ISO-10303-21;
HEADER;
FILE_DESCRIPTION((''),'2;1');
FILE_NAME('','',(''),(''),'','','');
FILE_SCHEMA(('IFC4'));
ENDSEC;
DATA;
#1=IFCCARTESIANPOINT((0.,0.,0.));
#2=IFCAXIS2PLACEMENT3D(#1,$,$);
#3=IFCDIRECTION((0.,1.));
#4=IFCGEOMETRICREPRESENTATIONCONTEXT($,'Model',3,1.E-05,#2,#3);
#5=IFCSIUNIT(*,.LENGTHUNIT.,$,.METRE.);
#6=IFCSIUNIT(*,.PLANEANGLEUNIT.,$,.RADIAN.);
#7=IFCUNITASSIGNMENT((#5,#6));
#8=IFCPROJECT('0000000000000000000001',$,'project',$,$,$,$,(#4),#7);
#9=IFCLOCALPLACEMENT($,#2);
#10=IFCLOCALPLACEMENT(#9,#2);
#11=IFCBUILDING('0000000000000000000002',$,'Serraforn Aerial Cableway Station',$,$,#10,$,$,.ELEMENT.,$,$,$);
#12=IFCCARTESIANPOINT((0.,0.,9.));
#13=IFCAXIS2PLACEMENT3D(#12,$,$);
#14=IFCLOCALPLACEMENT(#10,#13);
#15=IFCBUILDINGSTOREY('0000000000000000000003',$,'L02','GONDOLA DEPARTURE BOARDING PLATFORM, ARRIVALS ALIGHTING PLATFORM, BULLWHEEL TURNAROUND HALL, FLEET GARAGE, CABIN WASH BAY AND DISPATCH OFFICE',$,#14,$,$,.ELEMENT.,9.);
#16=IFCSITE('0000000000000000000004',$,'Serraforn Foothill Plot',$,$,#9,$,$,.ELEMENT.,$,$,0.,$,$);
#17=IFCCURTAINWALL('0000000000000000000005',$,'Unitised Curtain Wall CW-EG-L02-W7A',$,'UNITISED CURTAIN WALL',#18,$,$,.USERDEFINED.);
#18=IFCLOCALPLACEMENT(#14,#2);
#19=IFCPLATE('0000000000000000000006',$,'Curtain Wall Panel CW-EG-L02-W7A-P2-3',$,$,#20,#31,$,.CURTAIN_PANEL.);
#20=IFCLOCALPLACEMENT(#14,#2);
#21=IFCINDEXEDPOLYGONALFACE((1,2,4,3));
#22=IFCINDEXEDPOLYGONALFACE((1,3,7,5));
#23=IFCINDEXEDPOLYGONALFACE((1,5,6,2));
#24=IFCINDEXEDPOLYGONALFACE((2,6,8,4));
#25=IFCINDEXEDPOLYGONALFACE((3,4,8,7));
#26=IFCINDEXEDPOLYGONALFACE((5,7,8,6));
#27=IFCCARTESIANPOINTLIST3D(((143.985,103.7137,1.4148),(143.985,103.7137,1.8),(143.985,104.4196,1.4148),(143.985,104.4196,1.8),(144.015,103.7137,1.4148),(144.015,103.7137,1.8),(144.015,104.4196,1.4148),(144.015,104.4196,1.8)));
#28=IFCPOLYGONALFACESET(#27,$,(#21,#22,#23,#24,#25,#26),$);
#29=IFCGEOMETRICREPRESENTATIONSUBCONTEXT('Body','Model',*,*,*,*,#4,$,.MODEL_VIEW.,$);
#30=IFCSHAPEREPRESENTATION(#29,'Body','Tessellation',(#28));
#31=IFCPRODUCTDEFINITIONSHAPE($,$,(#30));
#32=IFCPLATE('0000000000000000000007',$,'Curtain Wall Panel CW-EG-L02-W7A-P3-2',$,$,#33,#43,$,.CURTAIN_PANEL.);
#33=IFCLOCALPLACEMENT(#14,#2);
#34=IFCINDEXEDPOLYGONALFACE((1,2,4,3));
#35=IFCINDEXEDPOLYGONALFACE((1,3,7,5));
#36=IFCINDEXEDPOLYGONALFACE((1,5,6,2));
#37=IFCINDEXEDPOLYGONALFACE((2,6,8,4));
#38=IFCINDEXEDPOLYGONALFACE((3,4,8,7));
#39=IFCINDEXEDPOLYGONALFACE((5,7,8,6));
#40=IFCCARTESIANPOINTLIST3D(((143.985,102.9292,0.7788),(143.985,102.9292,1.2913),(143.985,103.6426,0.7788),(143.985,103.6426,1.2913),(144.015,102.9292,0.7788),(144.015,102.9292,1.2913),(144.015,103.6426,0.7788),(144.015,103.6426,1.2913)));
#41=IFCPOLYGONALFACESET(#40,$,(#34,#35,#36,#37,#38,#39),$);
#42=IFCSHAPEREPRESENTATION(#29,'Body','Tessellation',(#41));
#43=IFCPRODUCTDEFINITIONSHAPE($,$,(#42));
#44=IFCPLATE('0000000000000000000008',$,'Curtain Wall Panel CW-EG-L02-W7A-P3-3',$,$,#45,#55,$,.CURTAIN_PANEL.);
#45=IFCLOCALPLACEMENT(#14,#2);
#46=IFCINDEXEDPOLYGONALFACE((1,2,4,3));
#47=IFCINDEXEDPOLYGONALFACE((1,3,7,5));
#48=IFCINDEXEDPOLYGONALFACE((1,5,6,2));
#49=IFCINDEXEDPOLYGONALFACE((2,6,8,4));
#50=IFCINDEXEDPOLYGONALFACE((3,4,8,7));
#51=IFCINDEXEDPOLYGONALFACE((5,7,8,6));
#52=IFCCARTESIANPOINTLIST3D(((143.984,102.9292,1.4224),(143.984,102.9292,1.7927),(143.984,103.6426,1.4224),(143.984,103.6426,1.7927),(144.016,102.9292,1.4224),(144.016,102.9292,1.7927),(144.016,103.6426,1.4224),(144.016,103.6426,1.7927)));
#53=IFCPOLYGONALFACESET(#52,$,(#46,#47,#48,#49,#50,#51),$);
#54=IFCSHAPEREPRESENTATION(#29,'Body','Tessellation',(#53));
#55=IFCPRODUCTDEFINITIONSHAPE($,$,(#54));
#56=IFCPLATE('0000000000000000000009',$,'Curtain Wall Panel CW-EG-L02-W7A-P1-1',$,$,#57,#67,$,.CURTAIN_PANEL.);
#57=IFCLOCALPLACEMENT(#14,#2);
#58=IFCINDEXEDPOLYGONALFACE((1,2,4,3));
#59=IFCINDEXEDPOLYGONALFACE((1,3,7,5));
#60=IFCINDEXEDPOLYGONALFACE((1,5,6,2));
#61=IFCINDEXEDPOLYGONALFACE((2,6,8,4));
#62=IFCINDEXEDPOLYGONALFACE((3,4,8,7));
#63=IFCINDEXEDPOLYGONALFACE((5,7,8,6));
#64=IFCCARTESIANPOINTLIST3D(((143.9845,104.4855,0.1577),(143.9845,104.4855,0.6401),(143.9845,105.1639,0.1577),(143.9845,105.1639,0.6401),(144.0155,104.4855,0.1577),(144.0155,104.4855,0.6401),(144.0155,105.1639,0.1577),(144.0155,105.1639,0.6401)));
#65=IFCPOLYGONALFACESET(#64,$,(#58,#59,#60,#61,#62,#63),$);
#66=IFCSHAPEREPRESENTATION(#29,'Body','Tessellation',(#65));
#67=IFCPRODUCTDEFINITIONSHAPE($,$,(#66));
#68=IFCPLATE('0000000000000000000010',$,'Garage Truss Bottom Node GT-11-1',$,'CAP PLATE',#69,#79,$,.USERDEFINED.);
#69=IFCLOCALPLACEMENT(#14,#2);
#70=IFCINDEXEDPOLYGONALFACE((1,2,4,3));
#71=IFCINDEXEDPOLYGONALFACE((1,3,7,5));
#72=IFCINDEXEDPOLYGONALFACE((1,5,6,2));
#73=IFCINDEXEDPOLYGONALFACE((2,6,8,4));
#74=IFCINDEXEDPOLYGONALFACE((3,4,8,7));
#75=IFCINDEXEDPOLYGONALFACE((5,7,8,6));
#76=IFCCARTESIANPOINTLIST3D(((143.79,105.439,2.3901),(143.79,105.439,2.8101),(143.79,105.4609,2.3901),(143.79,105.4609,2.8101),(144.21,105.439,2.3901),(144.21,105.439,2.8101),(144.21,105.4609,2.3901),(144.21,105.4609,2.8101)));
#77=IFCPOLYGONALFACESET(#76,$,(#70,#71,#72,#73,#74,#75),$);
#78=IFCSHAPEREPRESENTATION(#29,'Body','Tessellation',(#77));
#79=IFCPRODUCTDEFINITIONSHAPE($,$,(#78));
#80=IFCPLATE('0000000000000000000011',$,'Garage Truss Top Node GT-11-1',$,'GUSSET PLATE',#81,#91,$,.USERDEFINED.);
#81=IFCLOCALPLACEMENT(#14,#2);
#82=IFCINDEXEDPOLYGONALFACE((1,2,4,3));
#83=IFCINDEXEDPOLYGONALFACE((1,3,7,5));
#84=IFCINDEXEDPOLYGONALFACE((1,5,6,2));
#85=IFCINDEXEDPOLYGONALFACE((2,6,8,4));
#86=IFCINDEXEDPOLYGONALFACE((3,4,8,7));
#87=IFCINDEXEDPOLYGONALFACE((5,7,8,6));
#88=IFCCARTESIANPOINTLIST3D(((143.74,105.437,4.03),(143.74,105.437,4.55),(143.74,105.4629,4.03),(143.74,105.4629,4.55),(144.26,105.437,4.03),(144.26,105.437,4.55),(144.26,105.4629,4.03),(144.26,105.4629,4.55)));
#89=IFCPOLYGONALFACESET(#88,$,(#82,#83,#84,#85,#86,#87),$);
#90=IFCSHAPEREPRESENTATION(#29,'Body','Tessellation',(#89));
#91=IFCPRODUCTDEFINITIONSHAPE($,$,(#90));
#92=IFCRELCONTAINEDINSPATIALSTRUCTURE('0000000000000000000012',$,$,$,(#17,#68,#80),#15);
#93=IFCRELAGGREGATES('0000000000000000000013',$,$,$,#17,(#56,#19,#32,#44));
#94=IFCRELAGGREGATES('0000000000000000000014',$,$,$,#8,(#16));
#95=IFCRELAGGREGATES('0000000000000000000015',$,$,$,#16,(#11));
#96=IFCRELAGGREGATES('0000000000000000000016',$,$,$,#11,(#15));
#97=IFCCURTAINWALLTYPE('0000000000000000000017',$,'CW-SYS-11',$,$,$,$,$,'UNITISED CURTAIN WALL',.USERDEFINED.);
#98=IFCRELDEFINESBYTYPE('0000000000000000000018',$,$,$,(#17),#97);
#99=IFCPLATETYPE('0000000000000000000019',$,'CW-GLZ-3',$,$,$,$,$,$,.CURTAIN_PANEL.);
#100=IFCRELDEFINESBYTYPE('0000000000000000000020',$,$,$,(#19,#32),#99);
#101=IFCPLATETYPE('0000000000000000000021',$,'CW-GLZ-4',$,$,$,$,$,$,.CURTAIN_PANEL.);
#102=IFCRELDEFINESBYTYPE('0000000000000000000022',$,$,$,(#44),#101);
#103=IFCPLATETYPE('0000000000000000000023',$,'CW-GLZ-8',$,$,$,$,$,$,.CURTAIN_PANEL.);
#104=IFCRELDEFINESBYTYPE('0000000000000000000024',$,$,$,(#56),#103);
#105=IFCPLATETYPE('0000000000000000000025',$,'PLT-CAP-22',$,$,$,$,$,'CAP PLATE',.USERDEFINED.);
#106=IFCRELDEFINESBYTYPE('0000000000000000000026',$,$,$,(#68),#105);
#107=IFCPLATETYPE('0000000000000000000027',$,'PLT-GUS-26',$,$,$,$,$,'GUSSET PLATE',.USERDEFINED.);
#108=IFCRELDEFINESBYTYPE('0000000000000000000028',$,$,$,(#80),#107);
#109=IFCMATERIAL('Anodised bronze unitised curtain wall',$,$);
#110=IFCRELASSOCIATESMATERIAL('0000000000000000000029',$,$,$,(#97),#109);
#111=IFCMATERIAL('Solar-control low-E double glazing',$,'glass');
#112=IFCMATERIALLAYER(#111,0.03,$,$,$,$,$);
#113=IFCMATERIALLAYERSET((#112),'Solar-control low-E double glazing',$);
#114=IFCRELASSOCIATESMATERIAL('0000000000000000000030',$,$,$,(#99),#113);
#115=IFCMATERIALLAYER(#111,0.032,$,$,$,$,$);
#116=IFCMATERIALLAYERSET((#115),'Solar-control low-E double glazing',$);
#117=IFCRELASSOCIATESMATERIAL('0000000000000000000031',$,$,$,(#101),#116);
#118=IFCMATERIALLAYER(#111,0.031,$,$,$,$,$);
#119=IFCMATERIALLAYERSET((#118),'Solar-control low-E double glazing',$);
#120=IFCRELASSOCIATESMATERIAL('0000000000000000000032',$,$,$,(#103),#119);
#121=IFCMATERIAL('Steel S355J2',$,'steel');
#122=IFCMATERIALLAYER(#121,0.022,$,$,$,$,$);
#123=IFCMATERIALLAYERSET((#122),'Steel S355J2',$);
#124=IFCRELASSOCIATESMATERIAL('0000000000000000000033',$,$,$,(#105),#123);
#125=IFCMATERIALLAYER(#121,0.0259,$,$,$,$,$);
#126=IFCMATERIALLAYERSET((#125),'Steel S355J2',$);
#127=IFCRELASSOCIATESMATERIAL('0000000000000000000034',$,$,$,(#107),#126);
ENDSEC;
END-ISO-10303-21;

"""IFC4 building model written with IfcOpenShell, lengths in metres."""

from ifc_helpers import new_model, si_unit, direction, frame, origin, origin_2d, place, context, subcontext, project, spatial, rectangle, extrude, material, layer, layer_set, type_object, element, aggregate, save


model = new_model("IFC4")

# Units and contexts
model_context = context("Model", 3, precision=1e-05, world=origin(), true_north=direction((0.0, 1.0)))
body_context = subcontext(model_context, "Body", "Model", "MODEL_VIEW")
ifc_project = project(units=[si_unit("LENGTHUNIT", "METRE"), si_unit("PLANEANGLEUNIT", "RADIAN")], contexts=[model_context])

# Site, building, storey
site_placement = place(None, origin())
site = spatial("IfcSite", under=ifc_project, at=site_placement, Name="Serraforn Foothill Plot", CompositionType="ELEMENT", RefElevation=0.0)
building_placement = place(site_placement, origin())
building = spatial("IfcBuilding", under=site, at=building_placement, Name="Serraforn Aerial Cableway Station", CompositionType="ELEMENT")
storey_placement = place(building_placement, frame((0.0, 0.0, 9.0)))
storey = spatial("IfcBuildingStorey", under=building, at=storey_placement, Name="L02", Description="GONDOLA DEPARTURE BOARDING PLATFORM, ARRIVALS ALIGHTING PLATFORM, BULLWHEEL TURNAROUND HALL, FLEET GARAGE, CABIN WASH BAY AND DISPATCH OFFICE", CompositionType="ELEMENT", Elevation=9.0)

# Shared definitions
ifc_material_1 = material(Name="Steel S355J2", Category="steel")

# Curtain wall
ifc_material_2 = material(Name="Anodised bronze unitised curtain wall")
curtain_wall_type = type_object("IfcCurtainWallType", Name="CW-SYS-11", ElementType="UNITISED CURTAIN WALL", PredefinedType="USERDEFINED", material=ifc_material_2)
curtain_wall_placement = place(storey_placement, origin())
curtain_wall = element("IfcCurtainWall", 1, at=curtain_wall_placement, inside=storey, type_object=curtain_wall_type, Name="Unitised Curtain Wall CW-EG-L02-W7A", ObjectType="UNITISED CURTAIN WALL", PredefinedType="USERDEFINED")

# Plates
ifc_material_3 = material(Name="Solar-control low-E double glazing", Category="glass")
ifc_layer_1 = layer(ifc_material_3, 0.03)
ifc_layer_set_1 = layer_set([ifc_layer_1], Name="Solar-control low-E double glazing")
plate_type_1 = type_object("IfcPlateType", Name="CW-GLZ-3", PredefinedType="CURTAIN_PANEL", material=ifc_layer_set_1)
plate_1_placement = place(storey_placement, frame((144.0, 104.0667, 1.4148), z_axis=(0.0, 0.0, 1.0), x_axis=(1.0, 0.0, 0.0)))
plate_1 = element("IfcPlate", 2, at=plate_1_placement, type_object=plate_type_1, Name="Curtain Wall Panel CW-EG-L02-W7A-P2-3", PredefinedType="CURTAIN_PANEL", context=body_context, shape_type="SweptSolid", body=[
    extrude(rectangle(XDim=0.03, YDim=0.7058, at=origin_2d()), origin(), (0.0, 0.0, 1.0), 0.3853),
])
plate_2_placement = place(storey_placement, frame((144.0, 103.2859, 0.7788), z_axis=(0.0, 0.0, 1.0), x_axis=(1.0, 0.0, 0.0)))
plate_2 = element("IfcPlate", 3, at=plate_2_placement, type_object=plate_type_1, Name="Curtain Wall Panel CW-EG-L02-W7A-P3-2", PredefinedType="CURTAIN_PANEL", context=body_context, shape_type="SweptSolid", body=[
    extrude(rectangle(XDim=0.03, YDim=0.7134, at=origin_2d()), origin(), (0.0, 0.0, 1.0), 0.5125),
])
ifc_layer_2 = layer(ifc_material_3, 0.032)
ifc_layer_set_2 = layer_set([ifc_layer_2], Name="Solar-control low-E double glazing")
plate_type_2 = type_object("IfcPlateType", Name="CW-GLZ-4", PredefinedType="CURTAIN_PANEL", material=ifc_layer_set_2)
plate_3_placement = place(storey_placement, frame((144.0, 103.2859, 1.4224), z_axis=(0.0, 0.0, 1.0), x_axis=(1.0, 0.0, 0.0)))
plate_3 = element("IfcPlate", 4, at=plate_3_placement, type_object=plate_type_2, Name="Curtain Wall Panel CW-EG-L02-W7A-P3-3", PredefinedType="CURTAIN_PANEL", context=body_context, shape_type="SweptSolid", body=[
    extrude(rectangle(XDim=0.032, YDim=0.7134, at=origin_2d()), origin(), (0.0, 0.0, 1.0), 0.3704),
])
ifc_layer_3 = layer(ifc_material_3, 0.031)
ifc_layer_set_3 = layer_set([ifc_layer_3], Name="Solar-control low-E double glazing")
plate_type_3 = type_object("IfcPlateType", Name="CW-GLZ-8", PredefinedType="CURTAIN_PANEL", material=ifc_layer_set_3)
plate_4_placement = place(storey_placement, frame((144.0, 104.8247, 0.1577), z_axis=(0.0, 0.0, 1.0), x_axis=(1.0, 0.0, 0.0)))
plate_4 = element("IfcPlate", 5, at=plate_4_placement, type_object=plate_type_3, Name="Curtain Wall Panel CW-EG-L02-W7A-P1-1", PredefinedType="CURTAIN_PANEL", context=body_context, shape_type="SweptSolid", body=[
    extrude(rectangle(XDim=0.031, YDim=0.6785, at=origin_2d()), origin(), (0.0, 0.0, 1.0), 0.4824),
])
aggregate(curtain_wall, [plate_4, plate_1, plate_2, plate_3])

# Plates
ifc_layer_4 = layer(ifc_material_1, 0.022)
ifc_layer_set_4 = layer_set([ifc_layer_4], Name="Steel S355J2")
plate_type_4 = type_object("IfcPlateType", Name="PLT-CAP-22", ElementType="CAP PLATE", PredefinedType="USERDEFINED", material=ifc_layer_set_4)
plate_5_placement = place(storey_placement, frame((144.0, 105.45, 2.3901), z_axis=(0.0, 0.0, 1.0), x_axis=(1.0, 0.0, 0.0)))
element("IfcPlate", 6, at=plate_5_placement, inside=storey, type_object=plate_type_4, Name="Garage Truss Bottom Node GT-11-1", ObjectType="CAP PLATE", PredefinedType="USERDEFINED", context=body_context, shape_type="SweptSolid", body=[
    extrude(rectangle(XDim=0.4199, YDim=0.022, at=origin_2d()), origin(), (0.0, 0.0, 1.0), 0.4199),
])
ifc_layer_5 = layer(ifc_material_1, 0.0259)
ifc_layer_set_5 = layer_set([ifc_layer_5], Name="Steel S355J2")
plate_type_5 = type_object("IfcPlateType", Name="PLT-GUS-26", ElementType="GUSSET PLATE", PredefinedType="USERDEFINED", material=ifc_layer_set_5)
plate_6_placement = place(storey_placement, frame((144.0, 105.45, 4.03), z_axis=(0.0, 0.0, 1.0), x_axis=(1.0, 0.0, 0.0)))
element("IfcPlate", 7, at=plate_6_placement, inside=storey, type_object=plate_type_5, Name="Garage Truss Top Node GT-11-1", ObjectType="GUSSET PLATE", PredefinedType="USERDEFINED", context=body_context, shape_type="SweptSolid", body=[
    extrude(rectangle(XDim=0.52, YDim=0.0259, at=origin_2d()), origin(), (0.0, 0.0, 1.0), 0.52),
])

save(model, "model.ifc")
